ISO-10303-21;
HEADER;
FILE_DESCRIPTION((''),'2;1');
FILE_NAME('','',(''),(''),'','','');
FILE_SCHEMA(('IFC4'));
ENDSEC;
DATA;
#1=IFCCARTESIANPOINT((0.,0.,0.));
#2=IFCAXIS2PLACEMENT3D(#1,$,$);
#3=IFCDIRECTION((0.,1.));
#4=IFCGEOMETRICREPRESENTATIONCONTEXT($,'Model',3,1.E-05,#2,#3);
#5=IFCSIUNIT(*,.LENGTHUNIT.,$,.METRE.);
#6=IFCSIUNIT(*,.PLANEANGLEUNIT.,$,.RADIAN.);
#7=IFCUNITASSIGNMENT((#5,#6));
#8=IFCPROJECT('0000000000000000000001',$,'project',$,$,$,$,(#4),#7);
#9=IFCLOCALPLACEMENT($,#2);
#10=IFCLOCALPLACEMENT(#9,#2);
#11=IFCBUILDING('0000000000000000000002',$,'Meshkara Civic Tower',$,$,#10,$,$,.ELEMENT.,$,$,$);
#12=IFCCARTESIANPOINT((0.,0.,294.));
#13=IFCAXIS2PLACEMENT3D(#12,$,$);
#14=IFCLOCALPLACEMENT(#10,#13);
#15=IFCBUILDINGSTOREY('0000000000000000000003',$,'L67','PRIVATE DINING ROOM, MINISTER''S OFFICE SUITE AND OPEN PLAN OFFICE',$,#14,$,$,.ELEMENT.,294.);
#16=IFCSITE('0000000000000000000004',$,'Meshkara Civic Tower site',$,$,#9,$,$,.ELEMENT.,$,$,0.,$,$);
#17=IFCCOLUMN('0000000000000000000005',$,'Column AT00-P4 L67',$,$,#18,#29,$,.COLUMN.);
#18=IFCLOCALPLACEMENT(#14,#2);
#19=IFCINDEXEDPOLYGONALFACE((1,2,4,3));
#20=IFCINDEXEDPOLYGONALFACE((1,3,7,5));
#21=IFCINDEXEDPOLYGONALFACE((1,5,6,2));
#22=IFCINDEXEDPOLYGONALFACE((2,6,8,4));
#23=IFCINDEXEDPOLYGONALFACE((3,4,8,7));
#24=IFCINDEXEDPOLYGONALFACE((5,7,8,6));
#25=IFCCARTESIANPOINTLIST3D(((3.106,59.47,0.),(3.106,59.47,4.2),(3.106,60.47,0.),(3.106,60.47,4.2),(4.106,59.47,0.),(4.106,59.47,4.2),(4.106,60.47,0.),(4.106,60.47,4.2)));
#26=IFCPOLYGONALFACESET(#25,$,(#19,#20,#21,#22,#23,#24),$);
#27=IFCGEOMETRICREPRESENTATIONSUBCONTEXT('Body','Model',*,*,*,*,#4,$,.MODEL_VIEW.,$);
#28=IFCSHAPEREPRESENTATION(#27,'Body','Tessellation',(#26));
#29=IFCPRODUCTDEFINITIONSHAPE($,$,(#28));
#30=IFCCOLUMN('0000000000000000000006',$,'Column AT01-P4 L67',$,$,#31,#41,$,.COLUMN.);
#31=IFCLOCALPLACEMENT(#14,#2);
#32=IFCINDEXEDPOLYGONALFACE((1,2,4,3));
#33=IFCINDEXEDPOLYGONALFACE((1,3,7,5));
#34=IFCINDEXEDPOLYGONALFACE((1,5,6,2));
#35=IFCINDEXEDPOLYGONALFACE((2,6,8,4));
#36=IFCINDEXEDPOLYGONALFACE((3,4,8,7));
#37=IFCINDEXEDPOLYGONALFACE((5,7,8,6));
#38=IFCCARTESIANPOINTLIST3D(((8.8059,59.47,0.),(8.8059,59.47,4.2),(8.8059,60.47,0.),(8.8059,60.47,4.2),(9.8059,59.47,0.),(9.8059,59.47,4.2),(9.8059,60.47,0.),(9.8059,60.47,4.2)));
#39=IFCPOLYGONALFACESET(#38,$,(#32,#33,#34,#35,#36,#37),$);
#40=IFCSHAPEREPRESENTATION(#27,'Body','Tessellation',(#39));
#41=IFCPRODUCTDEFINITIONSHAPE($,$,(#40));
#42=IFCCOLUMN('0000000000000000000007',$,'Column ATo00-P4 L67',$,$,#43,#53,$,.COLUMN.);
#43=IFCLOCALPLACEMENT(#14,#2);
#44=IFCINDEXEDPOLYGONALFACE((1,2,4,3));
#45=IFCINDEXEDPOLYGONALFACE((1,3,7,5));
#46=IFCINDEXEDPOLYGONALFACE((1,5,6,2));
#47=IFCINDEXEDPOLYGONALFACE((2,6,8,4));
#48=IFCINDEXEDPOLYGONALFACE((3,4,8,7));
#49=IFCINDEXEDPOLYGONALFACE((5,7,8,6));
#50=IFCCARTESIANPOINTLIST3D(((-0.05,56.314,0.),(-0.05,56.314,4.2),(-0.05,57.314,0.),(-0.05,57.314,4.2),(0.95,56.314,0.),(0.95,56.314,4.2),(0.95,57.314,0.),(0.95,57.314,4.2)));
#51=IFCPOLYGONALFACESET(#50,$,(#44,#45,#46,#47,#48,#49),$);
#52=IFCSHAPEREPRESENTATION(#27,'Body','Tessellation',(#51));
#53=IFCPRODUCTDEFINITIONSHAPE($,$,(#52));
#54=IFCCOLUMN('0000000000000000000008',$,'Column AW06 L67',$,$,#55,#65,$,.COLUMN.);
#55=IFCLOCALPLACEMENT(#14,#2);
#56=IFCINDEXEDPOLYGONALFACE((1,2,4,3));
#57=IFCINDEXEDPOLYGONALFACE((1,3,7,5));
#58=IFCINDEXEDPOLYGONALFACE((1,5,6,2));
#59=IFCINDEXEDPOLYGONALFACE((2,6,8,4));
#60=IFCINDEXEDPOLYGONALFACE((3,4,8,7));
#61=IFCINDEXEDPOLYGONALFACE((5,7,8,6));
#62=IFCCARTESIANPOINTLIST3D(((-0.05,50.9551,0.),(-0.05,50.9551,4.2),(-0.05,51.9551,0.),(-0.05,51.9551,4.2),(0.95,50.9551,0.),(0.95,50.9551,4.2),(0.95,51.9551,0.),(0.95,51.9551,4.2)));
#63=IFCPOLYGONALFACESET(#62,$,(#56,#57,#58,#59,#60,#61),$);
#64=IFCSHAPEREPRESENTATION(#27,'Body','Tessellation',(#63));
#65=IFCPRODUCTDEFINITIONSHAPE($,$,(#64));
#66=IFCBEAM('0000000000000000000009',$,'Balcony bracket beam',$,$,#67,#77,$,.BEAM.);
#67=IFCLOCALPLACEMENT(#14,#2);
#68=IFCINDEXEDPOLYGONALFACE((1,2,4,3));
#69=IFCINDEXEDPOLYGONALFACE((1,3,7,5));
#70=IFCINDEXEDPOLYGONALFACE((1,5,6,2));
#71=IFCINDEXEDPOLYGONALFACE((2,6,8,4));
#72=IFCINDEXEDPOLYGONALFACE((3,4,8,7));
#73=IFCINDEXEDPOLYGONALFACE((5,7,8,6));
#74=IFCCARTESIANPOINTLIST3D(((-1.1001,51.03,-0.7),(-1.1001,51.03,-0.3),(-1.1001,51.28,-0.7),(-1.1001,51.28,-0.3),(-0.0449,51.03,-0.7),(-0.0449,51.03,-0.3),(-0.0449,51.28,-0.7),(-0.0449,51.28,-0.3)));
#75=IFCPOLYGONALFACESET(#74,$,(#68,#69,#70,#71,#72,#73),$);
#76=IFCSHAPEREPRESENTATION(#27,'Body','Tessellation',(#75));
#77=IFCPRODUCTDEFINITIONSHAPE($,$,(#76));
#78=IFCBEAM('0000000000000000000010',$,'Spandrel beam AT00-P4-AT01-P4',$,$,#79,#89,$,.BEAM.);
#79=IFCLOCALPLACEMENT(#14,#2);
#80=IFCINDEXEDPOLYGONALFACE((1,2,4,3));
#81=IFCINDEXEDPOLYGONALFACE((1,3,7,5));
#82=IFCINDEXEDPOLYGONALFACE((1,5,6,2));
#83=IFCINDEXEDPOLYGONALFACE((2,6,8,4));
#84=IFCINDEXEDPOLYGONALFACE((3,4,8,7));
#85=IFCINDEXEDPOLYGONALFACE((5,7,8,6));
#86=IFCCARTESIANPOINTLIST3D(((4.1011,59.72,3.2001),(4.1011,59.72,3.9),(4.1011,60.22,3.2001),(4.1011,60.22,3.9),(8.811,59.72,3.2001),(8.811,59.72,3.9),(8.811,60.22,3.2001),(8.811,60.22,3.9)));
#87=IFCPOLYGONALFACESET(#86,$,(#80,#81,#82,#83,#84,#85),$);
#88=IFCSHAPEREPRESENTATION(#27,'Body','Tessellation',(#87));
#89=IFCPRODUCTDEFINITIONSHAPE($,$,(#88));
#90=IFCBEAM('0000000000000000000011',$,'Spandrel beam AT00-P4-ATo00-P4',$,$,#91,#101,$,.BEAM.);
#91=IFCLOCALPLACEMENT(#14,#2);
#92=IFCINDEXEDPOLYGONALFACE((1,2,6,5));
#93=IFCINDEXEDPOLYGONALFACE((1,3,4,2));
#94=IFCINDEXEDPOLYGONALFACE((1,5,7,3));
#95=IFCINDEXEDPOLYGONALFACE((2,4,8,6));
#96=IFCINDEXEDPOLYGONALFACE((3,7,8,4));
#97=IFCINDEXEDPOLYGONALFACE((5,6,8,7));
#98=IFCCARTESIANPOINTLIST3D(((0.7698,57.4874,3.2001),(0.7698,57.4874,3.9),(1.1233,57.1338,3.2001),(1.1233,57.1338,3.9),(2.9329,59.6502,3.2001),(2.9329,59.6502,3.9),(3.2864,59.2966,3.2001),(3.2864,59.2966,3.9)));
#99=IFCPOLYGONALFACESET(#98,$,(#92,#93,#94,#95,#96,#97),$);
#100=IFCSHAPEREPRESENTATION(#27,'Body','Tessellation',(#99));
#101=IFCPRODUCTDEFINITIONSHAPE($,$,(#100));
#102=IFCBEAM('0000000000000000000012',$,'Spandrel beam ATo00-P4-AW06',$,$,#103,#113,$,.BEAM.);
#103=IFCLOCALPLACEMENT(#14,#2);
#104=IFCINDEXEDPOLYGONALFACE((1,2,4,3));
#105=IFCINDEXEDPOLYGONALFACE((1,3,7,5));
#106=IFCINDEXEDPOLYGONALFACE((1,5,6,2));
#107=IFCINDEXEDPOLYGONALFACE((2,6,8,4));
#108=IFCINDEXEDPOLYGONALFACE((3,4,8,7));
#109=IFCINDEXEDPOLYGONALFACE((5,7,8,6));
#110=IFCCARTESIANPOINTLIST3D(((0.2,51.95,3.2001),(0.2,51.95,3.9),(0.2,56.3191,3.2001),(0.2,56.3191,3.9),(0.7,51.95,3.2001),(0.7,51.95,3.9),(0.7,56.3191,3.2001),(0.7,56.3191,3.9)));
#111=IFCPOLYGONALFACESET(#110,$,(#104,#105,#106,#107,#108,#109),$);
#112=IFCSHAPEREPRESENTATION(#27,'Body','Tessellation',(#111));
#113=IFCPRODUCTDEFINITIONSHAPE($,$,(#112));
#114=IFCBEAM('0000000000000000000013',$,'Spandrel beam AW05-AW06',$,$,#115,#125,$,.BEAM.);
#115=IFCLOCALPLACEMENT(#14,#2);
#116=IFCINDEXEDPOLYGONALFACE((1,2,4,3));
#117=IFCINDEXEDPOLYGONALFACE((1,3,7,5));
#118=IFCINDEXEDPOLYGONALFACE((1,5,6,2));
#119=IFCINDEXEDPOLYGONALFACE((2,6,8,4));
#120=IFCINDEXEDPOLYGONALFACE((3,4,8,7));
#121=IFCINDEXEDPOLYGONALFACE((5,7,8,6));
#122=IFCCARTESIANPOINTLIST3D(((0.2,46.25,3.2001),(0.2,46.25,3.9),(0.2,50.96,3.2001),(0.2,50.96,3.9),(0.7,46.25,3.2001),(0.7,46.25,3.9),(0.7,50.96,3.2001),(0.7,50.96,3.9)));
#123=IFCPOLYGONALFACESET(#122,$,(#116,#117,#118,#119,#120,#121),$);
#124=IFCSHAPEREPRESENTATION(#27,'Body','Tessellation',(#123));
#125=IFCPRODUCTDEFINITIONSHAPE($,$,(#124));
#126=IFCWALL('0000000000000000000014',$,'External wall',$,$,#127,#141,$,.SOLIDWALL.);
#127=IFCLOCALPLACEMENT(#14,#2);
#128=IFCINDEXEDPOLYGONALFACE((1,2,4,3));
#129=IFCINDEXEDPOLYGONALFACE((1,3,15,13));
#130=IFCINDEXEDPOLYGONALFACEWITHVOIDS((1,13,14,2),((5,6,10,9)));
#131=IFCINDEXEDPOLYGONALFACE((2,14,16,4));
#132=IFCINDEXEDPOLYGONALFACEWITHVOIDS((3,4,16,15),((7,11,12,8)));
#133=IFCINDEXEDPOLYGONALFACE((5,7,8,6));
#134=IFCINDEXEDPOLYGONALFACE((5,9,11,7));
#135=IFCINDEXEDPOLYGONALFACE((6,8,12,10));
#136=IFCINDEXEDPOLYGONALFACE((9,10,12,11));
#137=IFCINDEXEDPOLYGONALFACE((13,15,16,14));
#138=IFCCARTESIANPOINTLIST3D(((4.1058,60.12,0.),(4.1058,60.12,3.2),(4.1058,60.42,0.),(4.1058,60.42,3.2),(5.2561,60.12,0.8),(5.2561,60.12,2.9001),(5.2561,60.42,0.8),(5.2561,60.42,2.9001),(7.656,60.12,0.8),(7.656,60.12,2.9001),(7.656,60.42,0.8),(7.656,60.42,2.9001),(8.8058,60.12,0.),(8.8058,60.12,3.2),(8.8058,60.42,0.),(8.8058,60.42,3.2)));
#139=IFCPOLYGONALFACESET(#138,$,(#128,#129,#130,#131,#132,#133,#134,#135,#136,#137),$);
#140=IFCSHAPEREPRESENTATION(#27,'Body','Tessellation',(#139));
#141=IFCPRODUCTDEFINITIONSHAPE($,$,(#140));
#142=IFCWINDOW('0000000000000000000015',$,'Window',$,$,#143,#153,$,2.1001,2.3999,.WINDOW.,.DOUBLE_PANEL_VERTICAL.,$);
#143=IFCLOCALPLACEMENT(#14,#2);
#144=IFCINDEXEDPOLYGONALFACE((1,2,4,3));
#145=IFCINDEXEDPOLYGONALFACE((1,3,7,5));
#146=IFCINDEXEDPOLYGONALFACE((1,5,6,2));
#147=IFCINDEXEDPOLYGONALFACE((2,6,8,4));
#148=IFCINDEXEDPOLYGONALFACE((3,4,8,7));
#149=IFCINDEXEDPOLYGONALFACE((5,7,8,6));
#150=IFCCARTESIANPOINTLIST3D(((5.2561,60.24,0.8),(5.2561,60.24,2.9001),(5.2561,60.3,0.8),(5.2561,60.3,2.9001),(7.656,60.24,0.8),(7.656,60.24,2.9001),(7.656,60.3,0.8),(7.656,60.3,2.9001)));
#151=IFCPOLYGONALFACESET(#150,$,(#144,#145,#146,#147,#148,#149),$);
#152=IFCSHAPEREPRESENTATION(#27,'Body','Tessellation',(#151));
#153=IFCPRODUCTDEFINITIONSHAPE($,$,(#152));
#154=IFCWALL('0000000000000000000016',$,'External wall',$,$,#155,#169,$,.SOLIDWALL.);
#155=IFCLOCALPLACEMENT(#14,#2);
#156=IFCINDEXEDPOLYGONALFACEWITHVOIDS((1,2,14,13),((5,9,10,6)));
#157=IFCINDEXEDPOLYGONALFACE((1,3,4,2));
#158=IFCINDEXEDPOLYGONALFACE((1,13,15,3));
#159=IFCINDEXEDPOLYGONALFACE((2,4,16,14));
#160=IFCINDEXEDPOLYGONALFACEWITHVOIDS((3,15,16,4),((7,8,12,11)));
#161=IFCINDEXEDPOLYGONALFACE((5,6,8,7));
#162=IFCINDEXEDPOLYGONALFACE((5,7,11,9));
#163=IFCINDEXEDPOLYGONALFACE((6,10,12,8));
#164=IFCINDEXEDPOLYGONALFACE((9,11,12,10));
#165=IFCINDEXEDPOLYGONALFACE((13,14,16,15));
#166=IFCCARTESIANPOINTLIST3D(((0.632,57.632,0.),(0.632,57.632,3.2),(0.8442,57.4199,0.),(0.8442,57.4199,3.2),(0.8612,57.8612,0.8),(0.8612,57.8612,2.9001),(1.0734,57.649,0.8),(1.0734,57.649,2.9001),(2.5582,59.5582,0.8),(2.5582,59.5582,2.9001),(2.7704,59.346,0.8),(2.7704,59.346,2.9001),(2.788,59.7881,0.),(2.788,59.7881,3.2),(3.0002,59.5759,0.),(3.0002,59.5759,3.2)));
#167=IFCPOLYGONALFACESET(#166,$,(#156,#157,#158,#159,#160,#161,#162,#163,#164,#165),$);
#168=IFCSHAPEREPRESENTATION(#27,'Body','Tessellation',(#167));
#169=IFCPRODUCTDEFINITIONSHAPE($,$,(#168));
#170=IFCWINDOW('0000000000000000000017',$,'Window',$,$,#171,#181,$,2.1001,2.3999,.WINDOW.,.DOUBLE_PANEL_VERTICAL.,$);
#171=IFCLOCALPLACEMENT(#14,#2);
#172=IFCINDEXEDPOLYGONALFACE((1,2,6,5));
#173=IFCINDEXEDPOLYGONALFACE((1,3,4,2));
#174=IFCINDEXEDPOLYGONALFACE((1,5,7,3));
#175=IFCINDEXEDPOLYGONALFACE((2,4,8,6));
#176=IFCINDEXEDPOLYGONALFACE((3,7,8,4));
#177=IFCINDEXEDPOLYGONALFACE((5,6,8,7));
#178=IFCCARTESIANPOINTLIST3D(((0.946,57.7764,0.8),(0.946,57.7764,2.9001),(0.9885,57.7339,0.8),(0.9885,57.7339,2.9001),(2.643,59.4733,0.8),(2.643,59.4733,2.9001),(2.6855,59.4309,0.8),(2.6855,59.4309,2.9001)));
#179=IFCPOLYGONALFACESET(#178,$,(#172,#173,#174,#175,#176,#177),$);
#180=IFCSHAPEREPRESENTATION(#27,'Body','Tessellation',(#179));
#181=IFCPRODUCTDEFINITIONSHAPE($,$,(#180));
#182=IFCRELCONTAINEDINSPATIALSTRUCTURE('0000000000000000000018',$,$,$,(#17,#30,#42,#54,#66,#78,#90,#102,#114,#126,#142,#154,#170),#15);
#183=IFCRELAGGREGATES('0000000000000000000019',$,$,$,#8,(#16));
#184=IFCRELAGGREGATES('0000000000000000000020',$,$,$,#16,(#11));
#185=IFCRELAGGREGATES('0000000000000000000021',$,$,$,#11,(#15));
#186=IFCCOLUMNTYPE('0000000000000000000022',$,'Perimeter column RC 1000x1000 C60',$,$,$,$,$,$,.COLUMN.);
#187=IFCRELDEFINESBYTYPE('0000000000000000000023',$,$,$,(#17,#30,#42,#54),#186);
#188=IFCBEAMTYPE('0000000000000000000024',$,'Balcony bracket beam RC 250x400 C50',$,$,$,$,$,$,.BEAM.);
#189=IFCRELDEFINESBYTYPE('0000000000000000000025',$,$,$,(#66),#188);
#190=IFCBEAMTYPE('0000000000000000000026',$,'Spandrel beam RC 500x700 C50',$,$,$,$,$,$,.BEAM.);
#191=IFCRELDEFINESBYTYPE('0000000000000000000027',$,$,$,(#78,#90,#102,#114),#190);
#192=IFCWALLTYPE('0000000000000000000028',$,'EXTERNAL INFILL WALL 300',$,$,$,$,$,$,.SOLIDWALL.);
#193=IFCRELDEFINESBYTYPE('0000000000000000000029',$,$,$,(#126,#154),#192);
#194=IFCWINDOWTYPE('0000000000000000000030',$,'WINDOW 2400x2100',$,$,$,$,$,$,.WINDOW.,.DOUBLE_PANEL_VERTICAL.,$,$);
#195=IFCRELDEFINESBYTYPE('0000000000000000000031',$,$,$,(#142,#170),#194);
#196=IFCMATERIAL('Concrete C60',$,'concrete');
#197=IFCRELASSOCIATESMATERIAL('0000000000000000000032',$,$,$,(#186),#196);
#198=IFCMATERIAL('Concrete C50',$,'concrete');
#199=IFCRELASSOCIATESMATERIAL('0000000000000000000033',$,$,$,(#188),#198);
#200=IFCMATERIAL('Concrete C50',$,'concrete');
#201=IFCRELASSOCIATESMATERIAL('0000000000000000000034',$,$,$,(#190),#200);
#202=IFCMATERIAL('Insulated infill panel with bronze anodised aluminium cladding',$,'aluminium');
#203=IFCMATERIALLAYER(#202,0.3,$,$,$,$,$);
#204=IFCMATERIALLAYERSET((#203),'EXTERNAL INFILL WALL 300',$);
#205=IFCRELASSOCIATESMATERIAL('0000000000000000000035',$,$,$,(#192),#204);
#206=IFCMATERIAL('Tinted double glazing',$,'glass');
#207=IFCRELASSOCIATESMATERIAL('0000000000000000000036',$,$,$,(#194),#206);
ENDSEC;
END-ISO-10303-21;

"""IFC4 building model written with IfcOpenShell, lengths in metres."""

from ifc_helpers import new_model, si_unit, direction, frame, frame_2d, origin, origin_2d, place, context, subcontext, project, spatial, rectangle, extrude, material, layer, layer_set, material_profile, profile_set, type_object, element, fill, save


model = new_model("IFC4")

# Units and contexts
model_context = context("Model", 3, precision=1e-05, world=origin(), true_north=direction((0.0, 1.0)))
body_context = subcontext(model_context, "Body", "Model", "MODEL_VIEW")
ifc_project = project(units=[si_unit("LENGTHUNIT", "METRE"), si_unit("PLANEANGLEUNIT", "RADIAN")], contexts=[model_context])

# Site, building, storey
site_placement = place(None, origin())
site = spatial("IfcSite", under=ifc_project, at=site_placement, Name="Meshkara Civic Tower site", CompositionType="ELEMENT", RefElevation=0.0)
building_placement = place(site_placement, origin())
building = spatial("IfcBuilding", under=site, at=building_placement, Name="Meshkara Civic Tower", CompositionType="ELEMENT")
storey_placement = place(building_placement, frame((0.0, 0.0, 294.0)))
storey = spatial("IfcBuildingStorey", under=building, at=storey_placement, Name="L67", Description="PRIVATE DINING ROOM, MINISTER'S OFFICE SUITE AND OPEN PLAN OFFICE", CompositionType="ELEMENT", Elevation=294.0)

# Columns
ifc_material_1 = material(Name="Concrete C60", Category="concrete")
ifc_material_profile_1 = material_profile(ifc_material_1, rectangle(XDim=1.0, YDim=1.0, at=origin_2d()))
ifc_profile_set_1 = profile_set([ifc_material_profile_1], Name="Concrete C60")
column_type = type_object("IfcColumnType", Name="Perimeter column RC 1000x1000 C60", PredefinedType="COLUMN", material=ifc_profile_set_1)
for number, where, z_axis, x_axis, name in (
    (1, (3.606, 59.97, 0.0), (0.0, 0.0, 1.0), (1.0, 0.0, 0.0), "Column AT00-P4 L67"),
    (2, (9.3059, 59.97, 0.0), (0.0, 0.0, 1.0), (1.0, 0.0, 0.0), "Column AT01-P4 L67"),
    (3, (0.45, 56.814, 0.0), (0.0, 0.0, 1.0), (1.0, 0.0, 0.0), "Column ATo00-P4 L67"),
    (4, (0.45, 51.4551, 0.0), (0.0, 0.0, 1.0), (1.0, 0.0, 0.0), "Column AW06 L67"),
):
    element("IfcColumn", number, at=place(storey_placement, frame(where, z_axis=z_axis, x_axis=x_axis)), inside=storey, type_object=column_type, Name=name, PredefinedType="COLUMN", context=body_context, shape_type="SweptSolid", body=[
        extrude(rectangle(XDim=1.0, YDim=1.0, at=origin_2d()), origin(), (0.0, 0.0, 1.0), 4.2),
    ])

# Beams
ifc_material_2 = material(Name="Concrete C50", Category="concrete")
ifc_material_profile_2 = material_profile(ifc_material_2, rectangle(XDim=0.25, YDim=0.3999, at=origin_2d()))
ifc_profile_set_2 = profile_set([ifc_material_profile_2], Name="Concrete C50")
beam_type_1 = type_object("IfcBeamType", Name="Balcony bracket beam RC 250x400 C50", PredefinedType="BEAM", material=ifc_profile_set_2)
beam_1_placement = place(storey_placement, frame((-0.0449, 51.155, -0.5), z_axis=(-1.0, 0.0, 0.0), x_axis=(0.0, -1.0, 0.0)))
element("IfcBeam", 5, at=beam_1_placement, inside=storey, type_object=beam_type_1, Name="Balcony bracket beam", PredefinedType="BEAM", context=body_context, shape_type="SweptSolid", body=[
    extrude(rectangle(XDim=0.25, YDim=0.3999, at=origin_2d()), origin(), (0.0, 0.0, 1.0), 1.0552),
])
ifc_material_3 = material(Name="Concrete C50", Category="concrete")
ifc_material_profile_3 = material_profile(ifc_material_3, rectangle(XDim=0.5, YDim=0.7, at=origin_2d()))
ifc_profile_set_3 = profile_set([ifc_material_profile_3], Name="Concrete C50")
beam_type_2 = type_object("IfcBeamType", Name="Spandrel beam RC 500x700 C50", PredefinedType="BEAM", material=ifc_profile_set_3)
beam_2_placement = place(storey_placement, frame((8.811, 59.97, 3.55), z_axis=(-1.0, 0.0, 0.0), x_axis=(0.0, -1.0, 0.0)))
element("IfcBeam", 6, at=beam_2_placement, inside=storey, type_object=beam_type_2, Name="Spandrel beam AT00-P4-AT01-P4", PredefinedType="BEAM", context=body_context, shape_type="SweptSolid", body=[
    extrude(rectangle(XDim=0.5, YDim=0.7, at=origin_2d()), origin(), (0.0, 0.0, 1.0), 4.71),
])
beam_3_placement = place(storey_placement, frame((3.1096, 59.4734, 3.55), z_axis=(-0.707147, -0.707067, 0.0), x_axis=(0.707067, -0.707147, 0.0)))
element("IfcBeam", 7, at=beam_3_placement, inside=storey, type_object=beam_type_2, Name="Spandrel beam AT00-P4-ATo00-P4", PredefinedType="BEAM", context=body_context, shape_type="SweptSolid", body=[
    extrude(rectangle(XDim=0.5, YDim=0.7, at=origin_2d()), origin(), (0.0, 0.0, 1.0), 3.0588),
])
beam_4_placement = place(storey_placement, frame((0.45, 56.3191, 3.55), z_axis=(0.0, -1.0, 0.0), x_axis=(1.0, 0.0, 0.0)))
element("IfcBeam", 8, at=beam_4_placement, inside=storey, type_object=beam_type_2, Name="Spandrel beam ATo00-P4-AW06", PredefinedType="BEAM", context=body_context, shape_type="SweptSolid", body=[
    extrude(rectangle(XDim=0.5, YDim=0.7, at=origin_2d()), origin(), (0.0, 0.0, 1.0), 4.3691),
])
beam_5_placement = place(storey_placement, frame((0.45, 50.96, 3.55), z_axis=(0.0, -1.0, 0.0), x_axis=(1.0, 0.0, 0.0)))
element("IfcBeam", 9, at=beam_5_placement, inside=storey, type_object=beam_type_2, Name="Spandrel beam AW05-AW06", PredefinedType="BEAM", context=body_context, shape_type="SweptSolid", body=[
    extrude(rectangle(XDim=0.5, YDim=0.7, at=origin_2d()), origin(), (0.0, 0.0, 1.0), 4.71),
])

# Walls, openings, windows
ifc_material_4 = material(Name="Insulated infill panel with bronze anodised aluminium cladding", Category="aluminium")
ifc_layer_1 = layer(ifc_material_4, 0.3)
ifc_layer_set_1 = layer_set([ifc_layer_1], Name="EXTERNAL INFILL WALL 300")
wall_type_1 = type_object("IfcWallType", Name="EXTERNAL INFILL WALL 300", PredefinedType="SOLIDWALL", material=ifc_layer_set_1)
wall_1_placement = place(storey_placement, frame((8.8059, 60.27, 0.0), z_axis=(0.0, 0.0, 1.0), x_axis=(-1.0, 0.0, 0.0)))
wall_1 = element("IfcWall", 10, at=wall_1_placement, inside=storey, type_object=wall_type_1, Name="External wall", PredefinedType="SOLIDWALL", context=body_context, shape_type="SweptSolid", body=[
    extrude(rectangle(XDim=4.7, YDim=0.3, at=frame_2d((2.3501, 0.0))), origin(), (0.0, 0.0, 1.0), 3.2),
])
opening_1_placement = place(wall_1_placement, frame((1.1499, 0.0, 0.8)))
opening_1 = element("IfcOpeningElement", 11, at=opening_1_placement, cuts=wall_1, PredefinedType="OPENING", context=body_context, shape_type="SweptSolid", body=[
    extrude(rectangle(XDim=2.3999, YDim=2.1001, at=frame_2d((1.2, 1.05))), frame((0.0, 0.1599, 0.0), z_axis=(0.0, -1.0, 0.0), x_axis=(1.0, 0.0, 0.0)), (0.0, 0.0, 1.0), 0.3201),
])
ifc_material_5 = material(Name="Tinted double glazing", Category="glass")
window_type = type_object("IfcWindowType", Name="WINDOW 2400x2100", PartitioningType="DOUBLE_PANEL_VERTICAL", PredefinedType="WINDOW", material=ifc_material_5)
window_1_placement = place(opening_1_placement, origin())
window_1 = element("IfcWindow", 12, at=window_1_placement, inside=storey, type_object=window_type, Name="Window", OverallHeight=2.1001, OverallWidth=2.3999, PartitioningType="DOUBLE_PANEL_VERTICAL", PredefinedType="WINDOW", context=body_context, shape_type="SweptSolid", body=[
    extrude(rectangle(XDim=2.3999, YDim=2.1001, at=frame_2d((1.2, 1.05))), frame((0.0, 0.03, 0.0), z_axis=(0.0, -1.0, 0.0), x_axis=(1.0, 0.0, 0.0)), (0.0, 0.0, 1.0), 0.0601),
])
fill(opening_1, window_1)
wall_2_placement = place(storey_placement, frame((2.894, 59.6819, 0.0), z_axis=(0.0, 0.0, 1.0), x_axis=(-0.707107, -0.707107, 0.0)))
wall_2 = element("IfcWall", 13, at=wall_2_placement, inside=storey, type_object=wall_type_1, Name="External wall", PredefinedType="SOLIDWALL", context=body_context, shape_type="SweptSolid", body=[
    extrude(rectangle(XDim=3.0491, YDim=0.3, at=frame_2d((1.5244, 0.0))), origin(), (0.0, 0.0, 1.0), 3.2),
])
opening_2_placement = place(wall_2_placement, frame((0.325, 0.0, 0.8)))
opening_2 = element("IfcOpeningElement", 14, at=opening_2_placement, cuts=wall_2, PredefinedType="OPENING", context=body_context, shape_type="SweptSolid", body=[
    extrude(rectangle(XDim=2.3999, YDim=2.1001, at=frame_2d((1.2, 1.05))), frame((0.0, 0.1599, 0.0), z_axis=(0.0, -1.0, 0.0), x_axis=(1.0, 0.0, 0.0)), (0.0, 0.0, 1.0), 0.3201),
])
window_2_placement = place(opening_2_placement, origin())
window_2 = element("IfcWindow", 15, at=window_2_placement, inside=storey, type_object=window_type, Name="Window", OverallHeight=2.1001, OverallWidth=2.3999, PartitioningType="DOUBLE_PANEL_VERTICAL", PredefinedType="WINDOW", context=body_context, shape_type="SweptSolid", body=[
    extrude(rectangle(XDim=2.3999, YDim=2.1001, at=frame_2d((1.2, 1.05))), frame((0.0, 0.03, 0.0), z_axis=(0.0, -1.0, 0.0), x_axis=(1.0, 0.0, 0.0)), (0.0, 0.0, 1.0), 0.0601),
])
fill(opening_2, window_2)

save(model, "model.ifc")
